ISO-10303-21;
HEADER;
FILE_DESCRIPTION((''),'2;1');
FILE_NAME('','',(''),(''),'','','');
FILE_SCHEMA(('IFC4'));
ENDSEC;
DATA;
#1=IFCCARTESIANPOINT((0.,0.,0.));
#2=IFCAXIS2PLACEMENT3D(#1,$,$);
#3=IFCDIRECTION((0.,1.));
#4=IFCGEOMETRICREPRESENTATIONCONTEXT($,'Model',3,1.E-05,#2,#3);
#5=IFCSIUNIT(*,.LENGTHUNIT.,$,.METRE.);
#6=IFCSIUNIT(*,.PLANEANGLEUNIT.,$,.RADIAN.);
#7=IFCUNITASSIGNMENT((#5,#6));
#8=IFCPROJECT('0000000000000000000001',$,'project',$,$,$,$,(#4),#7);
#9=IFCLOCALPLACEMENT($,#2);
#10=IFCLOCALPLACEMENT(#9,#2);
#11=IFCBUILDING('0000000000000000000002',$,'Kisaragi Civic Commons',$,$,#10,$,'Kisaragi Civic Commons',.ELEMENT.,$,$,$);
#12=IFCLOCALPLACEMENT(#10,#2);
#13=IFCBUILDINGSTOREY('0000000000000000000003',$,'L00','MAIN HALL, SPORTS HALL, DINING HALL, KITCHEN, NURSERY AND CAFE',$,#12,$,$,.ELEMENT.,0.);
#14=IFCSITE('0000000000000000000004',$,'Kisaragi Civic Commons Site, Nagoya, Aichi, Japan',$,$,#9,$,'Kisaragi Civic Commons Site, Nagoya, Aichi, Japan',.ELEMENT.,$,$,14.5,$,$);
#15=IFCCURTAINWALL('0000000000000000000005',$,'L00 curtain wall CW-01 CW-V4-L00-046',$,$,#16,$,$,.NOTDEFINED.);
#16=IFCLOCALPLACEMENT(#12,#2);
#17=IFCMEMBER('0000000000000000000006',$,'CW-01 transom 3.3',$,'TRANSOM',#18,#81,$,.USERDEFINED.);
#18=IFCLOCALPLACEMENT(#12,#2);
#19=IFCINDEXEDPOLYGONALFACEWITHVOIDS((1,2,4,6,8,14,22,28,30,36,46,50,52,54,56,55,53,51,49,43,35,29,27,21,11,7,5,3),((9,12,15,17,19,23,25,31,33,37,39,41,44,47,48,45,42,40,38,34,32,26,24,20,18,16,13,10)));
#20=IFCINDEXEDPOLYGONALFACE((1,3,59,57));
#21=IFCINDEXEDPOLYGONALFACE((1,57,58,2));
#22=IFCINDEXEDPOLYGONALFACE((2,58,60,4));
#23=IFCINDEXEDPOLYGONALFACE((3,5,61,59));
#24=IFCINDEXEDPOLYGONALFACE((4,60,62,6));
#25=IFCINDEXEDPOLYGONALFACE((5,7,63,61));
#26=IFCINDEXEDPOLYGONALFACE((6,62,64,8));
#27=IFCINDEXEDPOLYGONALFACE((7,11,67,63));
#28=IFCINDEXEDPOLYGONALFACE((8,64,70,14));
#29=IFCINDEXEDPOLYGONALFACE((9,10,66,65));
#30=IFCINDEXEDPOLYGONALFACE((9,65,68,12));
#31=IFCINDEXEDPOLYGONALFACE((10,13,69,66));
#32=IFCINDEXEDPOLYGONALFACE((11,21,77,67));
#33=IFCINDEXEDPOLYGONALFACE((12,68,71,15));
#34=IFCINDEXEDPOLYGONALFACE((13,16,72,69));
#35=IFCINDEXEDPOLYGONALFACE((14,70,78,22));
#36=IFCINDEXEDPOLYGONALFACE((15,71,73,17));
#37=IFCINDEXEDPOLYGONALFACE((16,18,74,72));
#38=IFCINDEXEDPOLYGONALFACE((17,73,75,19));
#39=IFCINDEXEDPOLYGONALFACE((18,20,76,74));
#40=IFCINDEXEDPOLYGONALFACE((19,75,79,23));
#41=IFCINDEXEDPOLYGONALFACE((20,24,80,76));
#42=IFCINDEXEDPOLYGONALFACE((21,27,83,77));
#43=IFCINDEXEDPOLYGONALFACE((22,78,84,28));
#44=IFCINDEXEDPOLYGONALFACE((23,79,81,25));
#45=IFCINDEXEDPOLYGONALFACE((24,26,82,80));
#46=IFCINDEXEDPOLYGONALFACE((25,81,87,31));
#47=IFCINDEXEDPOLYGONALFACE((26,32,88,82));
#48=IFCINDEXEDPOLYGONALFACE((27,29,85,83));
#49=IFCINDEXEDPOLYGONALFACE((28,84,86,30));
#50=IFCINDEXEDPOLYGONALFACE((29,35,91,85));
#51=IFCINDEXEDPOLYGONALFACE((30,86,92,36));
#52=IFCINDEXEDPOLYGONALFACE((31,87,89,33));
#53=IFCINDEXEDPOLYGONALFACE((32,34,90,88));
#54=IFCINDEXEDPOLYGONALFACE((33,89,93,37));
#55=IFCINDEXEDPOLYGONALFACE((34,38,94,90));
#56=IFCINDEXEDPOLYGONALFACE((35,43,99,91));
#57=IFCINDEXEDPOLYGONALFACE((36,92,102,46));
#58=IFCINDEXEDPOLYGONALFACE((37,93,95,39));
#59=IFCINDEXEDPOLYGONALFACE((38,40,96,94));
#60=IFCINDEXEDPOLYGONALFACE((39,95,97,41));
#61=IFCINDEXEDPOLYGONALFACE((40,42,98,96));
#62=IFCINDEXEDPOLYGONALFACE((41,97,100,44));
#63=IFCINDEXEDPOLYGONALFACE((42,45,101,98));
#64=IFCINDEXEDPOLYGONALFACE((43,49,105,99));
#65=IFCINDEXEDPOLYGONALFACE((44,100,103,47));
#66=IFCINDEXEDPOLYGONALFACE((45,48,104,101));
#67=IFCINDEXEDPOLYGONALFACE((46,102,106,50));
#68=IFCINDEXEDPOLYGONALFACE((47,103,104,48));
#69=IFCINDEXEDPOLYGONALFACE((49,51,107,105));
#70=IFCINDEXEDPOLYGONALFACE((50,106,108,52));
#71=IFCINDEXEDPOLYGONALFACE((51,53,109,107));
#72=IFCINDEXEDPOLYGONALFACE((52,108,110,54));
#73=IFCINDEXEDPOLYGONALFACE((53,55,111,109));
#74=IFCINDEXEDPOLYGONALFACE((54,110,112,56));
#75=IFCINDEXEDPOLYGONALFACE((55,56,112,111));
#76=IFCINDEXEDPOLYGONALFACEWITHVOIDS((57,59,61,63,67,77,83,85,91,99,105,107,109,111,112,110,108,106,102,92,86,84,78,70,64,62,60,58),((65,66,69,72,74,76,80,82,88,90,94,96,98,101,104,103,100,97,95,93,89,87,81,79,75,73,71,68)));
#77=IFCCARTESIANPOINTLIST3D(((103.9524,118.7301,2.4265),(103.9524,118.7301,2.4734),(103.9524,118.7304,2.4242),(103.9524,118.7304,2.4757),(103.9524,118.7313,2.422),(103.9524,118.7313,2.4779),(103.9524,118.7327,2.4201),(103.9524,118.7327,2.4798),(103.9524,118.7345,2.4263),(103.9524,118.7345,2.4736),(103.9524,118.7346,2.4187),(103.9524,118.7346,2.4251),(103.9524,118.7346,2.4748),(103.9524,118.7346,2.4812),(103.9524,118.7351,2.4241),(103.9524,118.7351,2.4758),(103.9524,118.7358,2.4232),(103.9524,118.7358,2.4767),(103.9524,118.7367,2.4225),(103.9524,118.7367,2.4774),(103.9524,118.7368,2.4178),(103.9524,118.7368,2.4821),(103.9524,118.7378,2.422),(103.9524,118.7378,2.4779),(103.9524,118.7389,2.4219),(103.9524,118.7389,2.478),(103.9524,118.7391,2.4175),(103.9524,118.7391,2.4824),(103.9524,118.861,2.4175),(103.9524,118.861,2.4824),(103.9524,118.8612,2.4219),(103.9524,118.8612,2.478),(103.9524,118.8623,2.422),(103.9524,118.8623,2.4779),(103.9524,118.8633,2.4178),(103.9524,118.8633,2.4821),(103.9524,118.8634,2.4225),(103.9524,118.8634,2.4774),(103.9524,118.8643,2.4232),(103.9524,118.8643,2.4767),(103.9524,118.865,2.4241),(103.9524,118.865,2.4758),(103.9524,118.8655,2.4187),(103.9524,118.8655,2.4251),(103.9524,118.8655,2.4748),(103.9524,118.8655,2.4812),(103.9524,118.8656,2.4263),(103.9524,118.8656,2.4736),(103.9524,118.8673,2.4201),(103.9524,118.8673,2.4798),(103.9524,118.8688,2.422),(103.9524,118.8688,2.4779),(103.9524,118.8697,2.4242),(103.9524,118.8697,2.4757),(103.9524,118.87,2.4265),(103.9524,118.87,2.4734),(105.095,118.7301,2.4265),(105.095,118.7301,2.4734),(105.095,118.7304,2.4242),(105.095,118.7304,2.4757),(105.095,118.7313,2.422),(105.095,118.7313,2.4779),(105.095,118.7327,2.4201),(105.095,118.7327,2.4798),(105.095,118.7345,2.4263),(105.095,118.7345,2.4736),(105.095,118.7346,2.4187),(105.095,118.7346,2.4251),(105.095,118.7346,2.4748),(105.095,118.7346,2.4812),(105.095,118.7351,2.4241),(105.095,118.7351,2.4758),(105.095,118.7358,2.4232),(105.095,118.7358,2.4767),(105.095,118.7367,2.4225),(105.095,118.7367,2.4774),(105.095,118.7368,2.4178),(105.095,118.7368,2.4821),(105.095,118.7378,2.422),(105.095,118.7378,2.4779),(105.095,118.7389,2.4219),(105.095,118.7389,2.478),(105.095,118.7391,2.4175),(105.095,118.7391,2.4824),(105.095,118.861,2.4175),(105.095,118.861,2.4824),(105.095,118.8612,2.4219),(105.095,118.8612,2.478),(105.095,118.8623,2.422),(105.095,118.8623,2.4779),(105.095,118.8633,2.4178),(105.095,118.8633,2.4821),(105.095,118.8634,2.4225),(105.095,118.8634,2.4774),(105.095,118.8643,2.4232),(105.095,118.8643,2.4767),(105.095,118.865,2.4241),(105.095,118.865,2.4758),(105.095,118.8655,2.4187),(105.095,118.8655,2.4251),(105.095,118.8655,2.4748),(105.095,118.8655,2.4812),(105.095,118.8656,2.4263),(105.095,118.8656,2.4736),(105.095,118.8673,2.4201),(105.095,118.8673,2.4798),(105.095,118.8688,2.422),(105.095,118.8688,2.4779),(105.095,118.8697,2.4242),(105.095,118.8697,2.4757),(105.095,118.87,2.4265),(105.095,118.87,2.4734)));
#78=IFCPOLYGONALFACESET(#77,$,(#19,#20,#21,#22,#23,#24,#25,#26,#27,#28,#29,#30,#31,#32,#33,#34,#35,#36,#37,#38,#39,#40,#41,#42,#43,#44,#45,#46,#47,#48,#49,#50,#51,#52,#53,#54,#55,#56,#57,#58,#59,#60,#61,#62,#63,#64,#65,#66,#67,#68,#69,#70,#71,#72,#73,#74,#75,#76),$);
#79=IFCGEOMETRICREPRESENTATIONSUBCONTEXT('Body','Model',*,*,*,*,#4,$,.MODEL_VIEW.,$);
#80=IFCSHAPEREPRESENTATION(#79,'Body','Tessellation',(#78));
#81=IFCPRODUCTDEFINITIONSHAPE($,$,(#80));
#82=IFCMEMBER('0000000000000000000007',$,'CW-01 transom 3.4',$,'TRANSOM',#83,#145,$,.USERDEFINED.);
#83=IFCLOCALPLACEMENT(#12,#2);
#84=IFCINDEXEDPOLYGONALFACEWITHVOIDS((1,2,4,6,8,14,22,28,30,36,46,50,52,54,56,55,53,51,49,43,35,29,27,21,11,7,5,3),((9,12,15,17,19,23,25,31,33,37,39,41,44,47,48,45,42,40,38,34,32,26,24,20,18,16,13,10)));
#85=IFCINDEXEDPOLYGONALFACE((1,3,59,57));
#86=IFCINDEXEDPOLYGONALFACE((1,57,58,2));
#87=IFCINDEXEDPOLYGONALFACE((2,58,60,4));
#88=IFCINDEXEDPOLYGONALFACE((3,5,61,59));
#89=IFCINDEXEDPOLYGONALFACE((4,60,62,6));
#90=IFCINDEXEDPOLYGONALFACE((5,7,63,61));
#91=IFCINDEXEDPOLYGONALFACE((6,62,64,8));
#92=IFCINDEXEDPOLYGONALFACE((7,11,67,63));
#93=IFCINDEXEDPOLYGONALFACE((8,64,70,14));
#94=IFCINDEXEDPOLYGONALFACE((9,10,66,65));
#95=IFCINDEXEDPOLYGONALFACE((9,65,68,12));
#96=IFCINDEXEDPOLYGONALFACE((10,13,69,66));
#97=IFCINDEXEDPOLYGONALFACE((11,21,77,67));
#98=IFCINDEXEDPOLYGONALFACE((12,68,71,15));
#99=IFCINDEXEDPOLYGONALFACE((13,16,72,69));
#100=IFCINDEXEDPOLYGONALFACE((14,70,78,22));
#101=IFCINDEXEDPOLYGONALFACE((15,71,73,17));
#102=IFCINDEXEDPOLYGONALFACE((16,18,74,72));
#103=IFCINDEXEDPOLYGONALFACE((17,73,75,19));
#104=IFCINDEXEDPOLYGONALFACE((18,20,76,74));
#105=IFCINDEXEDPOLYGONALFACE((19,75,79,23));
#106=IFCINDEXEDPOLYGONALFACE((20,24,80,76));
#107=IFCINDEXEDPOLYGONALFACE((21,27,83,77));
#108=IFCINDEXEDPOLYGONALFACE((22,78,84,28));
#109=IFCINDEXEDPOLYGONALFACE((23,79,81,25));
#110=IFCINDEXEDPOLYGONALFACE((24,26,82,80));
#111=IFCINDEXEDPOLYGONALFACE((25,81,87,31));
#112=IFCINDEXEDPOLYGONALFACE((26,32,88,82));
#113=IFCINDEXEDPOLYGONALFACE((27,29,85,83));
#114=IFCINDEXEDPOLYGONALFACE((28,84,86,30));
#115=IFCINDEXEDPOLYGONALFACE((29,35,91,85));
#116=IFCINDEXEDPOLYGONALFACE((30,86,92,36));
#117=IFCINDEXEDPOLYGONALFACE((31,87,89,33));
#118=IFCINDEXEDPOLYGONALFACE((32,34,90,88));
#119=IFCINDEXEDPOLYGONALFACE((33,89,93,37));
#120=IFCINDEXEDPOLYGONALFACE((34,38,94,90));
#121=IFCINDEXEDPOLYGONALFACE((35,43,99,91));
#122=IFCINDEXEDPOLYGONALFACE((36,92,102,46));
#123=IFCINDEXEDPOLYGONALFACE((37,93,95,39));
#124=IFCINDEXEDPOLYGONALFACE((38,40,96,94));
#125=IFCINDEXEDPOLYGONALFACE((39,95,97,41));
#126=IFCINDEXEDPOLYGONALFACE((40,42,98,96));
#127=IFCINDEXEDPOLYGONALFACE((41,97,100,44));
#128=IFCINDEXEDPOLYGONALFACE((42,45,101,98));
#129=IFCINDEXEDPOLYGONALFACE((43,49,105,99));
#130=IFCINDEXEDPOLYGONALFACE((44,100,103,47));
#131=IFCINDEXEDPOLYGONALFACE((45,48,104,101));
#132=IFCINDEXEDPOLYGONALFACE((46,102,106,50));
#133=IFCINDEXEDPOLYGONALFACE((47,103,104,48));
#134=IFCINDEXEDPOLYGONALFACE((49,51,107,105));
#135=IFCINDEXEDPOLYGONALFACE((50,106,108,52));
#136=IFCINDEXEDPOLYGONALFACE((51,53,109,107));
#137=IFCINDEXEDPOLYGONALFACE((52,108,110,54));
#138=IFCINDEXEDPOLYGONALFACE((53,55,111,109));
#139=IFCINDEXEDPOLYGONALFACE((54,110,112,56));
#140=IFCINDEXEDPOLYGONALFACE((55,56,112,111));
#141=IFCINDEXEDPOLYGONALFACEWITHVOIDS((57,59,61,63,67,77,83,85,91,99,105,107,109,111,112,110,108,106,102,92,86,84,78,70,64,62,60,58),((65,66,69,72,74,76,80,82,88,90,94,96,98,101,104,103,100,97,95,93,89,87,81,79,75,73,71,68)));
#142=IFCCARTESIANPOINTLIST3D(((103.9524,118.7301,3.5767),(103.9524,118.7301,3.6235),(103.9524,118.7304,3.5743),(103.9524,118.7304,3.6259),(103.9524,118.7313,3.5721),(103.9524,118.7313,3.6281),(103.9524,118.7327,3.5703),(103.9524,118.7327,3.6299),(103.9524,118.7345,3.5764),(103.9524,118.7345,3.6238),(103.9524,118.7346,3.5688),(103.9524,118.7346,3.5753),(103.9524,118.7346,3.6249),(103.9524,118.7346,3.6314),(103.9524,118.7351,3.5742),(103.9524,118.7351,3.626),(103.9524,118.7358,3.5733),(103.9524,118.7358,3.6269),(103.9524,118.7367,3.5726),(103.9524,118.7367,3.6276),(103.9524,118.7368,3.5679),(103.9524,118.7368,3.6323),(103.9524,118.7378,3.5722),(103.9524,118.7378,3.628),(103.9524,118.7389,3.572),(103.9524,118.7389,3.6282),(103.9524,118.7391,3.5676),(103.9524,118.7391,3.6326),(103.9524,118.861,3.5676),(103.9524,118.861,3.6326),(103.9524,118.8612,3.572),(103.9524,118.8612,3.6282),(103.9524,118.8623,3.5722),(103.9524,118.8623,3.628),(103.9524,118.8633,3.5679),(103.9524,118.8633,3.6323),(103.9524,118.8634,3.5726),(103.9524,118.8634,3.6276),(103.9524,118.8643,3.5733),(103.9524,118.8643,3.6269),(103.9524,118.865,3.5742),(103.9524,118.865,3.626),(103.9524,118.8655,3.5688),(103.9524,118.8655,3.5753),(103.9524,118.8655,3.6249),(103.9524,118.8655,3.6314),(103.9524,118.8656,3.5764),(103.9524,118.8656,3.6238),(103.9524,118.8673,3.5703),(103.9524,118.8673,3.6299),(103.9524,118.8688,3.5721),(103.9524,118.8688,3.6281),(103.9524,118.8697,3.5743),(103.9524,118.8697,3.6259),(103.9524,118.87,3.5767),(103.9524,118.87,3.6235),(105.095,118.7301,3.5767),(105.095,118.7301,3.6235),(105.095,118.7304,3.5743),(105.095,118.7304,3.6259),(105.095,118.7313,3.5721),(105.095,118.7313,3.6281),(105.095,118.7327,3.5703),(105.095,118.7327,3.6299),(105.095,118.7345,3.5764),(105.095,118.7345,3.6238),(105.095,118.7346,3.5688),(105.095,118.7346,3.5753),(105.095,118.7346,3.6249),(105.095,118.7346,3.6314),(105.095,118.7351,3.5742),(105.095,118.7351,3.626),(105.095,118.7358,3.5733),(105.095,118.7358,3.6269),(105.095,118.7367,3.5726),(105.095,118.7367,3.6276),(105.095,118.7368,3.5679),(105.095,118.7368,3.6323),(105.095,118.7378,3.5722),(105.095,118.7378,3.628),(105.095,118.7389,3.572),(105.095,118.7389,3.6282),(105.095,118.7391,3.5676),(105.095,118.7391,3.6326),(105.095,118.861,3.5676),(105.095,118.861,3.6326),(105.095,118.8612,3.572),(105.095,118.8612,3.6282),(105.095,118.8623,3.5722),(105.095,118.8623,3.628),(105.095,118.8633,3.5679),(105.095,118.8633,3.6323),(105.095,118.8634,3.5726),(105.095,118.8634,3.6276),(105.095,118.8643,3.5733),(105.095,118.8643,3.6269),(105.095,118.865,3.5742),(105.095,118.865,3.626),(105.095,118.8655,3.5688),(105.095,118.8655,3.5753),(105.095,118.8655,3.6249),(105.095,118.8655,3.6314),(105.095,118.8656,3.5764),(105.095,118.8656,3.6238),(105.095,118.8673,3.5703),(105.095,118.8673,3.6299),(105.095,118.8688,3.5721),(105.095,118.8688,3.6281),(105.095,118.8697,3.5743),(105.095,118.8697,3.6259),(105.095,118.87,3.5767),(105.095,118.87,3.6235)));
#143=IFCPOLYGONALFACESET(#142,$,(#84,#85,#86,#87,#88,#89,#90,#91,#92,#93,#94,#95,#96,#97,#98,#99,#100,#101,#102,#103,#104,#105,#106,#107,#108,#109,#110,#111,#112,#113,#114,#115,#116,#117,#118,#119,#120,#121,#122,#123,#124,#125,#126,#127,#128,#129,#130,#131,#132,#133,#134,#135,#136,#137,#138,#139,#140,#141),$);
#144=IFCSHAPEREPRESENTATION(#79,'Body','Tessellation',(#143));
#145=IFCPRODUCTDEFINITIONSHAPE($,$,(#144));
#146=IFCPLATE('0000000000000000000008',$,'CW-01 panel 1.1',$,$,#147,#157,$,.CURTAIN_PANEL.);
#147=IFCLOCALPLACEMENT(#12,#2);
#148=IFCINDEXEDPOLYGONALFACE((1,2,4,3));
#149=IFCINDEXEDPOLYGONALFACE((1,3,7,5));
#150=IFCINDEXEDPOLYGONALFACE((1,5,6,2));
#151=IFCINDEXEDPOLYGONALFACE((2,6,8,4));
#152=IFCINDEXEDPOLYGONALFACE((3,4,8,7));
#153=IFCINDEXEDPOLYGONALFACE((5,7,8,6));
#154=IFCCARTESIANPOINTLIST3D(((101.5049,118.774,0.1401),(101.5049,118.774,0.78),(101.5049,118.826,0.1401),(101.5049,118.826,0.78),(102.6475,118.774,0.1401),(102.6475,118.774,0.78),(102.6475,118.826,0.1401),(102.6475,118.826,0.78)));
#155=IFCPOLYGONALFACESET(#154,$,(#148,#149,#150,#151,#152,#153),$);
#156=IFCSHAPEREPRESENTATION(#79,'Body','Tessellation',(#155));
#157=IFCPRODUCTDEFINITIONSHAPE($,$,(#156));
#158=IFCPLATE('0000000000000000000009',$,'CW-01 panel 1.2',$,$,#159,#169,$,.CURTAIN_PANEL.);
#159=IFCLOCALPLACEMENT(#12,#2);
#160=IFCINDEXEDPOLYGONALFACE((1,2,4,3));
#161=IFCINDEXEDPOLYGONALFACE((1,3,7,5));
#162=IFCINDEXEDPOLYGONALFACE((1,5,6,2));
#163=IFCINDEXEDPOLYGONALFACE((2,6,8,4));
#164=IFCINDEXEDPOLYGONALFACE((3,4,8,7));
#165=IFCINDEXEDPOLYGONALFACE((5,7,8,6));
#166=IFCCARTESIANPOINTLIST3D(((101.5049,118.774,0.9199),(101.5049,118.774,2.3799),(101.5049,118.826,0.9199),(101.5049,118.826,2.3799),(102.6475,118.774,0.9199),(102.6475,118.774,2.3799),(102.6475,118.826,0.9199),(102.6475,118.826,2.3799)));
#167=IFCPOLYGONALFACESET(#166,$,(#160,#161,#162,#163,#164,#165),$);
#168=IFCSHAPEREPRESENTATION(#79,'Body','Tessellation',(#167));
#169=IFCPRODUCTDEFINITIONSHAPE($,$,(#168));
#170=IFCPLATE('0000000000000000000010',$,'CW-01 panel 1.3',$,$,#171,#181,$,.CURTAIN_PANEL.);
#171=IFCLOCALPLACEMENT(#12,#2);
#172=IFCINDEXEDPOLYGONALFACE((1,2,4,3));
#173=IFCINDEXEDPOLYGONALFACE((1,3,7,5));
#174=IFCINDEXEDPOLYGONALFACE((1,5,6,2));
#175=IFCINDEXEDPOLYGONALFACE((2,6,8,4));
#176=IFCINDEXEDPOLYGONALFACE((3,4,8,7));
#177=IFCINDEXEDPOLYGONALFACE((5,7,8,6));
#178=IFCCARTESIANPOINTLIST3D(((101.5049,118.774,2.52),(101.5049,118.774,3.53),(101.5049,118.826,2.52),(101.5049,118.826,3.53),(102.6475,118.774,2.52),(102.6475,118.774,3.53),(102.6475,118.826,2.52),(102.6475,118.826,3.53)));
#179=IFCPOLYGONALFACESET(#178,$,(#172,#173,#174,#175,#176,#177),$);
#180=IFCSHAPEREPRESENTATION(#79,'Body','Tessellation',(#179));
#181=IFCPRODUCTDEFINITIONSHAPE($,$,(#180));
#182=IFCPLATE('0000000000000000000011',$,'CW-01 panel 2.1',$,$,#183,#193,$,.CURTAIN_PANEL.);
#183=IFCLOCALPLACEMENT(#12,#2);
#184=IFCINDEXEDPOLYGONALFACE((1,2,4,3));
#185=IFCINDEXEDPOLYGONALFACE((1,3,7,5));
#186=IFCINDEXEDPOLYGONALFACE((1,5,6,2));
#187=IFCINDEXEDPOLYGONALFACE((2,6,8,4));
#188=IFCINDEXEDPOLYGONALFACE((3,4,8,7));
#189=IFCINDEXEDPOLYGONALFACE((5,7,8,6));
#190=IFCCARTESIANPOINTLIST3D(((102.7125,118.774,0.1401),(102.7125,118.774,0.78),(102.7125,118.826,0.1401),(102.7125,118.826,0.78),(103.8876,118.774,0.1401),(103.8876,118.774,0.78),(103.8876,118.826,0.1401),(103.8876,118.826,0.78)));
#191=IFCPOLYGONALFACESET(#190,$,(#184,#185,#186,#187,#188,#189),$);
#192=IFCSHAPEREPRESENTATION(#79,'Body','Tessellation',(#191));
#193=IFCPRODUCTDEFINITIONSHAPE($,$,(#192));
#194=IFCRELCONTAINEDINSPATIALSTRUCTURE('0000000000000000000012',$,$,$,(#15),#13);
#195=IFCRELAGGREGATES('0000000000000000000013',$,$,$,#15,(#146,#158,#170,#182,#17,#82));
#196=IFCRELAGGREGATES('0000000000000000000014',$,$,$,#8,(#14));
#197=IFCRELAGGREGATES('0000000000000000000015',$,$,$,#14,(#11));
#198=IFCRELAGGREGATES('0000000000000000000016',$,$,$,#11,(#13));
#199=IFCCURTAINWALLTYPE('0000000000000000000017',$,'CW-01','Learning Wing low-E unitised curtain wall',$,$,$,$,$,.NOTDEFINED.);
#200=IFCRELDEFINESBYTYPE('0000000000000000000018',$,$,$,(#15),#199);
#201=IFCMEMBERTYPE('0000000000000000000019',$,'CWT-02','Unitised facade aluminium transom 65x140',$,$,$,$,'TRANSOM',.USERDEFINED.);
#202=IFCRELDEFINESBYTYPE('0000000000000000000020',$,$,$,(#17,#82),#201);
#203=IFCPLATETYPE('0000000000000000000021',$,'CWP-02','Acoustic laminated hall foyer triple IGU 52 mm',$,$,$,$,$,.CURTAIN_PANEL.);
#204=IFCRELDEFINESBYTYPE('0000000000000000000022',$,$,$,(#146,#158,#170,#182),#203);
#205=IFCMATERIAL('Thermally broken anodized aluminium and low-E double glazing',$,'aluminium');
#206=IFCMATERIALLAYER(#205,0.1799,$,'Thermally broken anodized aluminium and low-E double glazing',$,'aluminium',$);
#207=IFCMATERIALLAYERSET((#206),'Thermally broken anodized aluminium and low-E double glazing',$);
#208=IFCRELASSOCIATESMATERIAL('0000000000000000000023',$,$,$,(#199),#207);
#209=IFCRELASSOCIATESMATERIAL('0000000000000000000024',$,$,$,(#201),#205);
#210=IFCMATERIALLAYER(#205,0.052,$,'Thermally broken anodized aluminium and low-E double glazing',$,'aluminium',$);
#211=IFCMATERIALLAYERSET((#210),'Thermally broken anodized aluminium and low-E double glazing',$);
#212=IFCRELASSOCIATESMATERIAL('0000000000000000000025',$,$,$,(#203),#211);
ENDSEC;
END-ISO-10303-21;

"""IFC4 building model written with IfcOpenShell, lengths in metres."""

from ifc_helpers import new_model, si_unit, direction, frame, origin, origin_2d, place, context, subcontext, project, spatial, rectangle, hollow_rectangle, extrude, material, layer, layer_set, material_profile, profile_set, type_object, element, aggregate, save


model = new_model("IFC4")

# Units and contexts
model_context = context("Model", 3, precision=1e-05, world=origin(), true_north=direction((0.0, 1.0)))
body_context = subcontext(model_context, "Body", "Model", "MODEL_VIEW")
ifc_project = project(units=[si_unit("LENGTHUNIT", "METRE"), si_unit("PLANEANGLEUNIT", "RADIAN")], contexts=[model_context])

# Site, building, storey
site_placement = place(None, origin())
site = spatial("IfcSite", under=ifc_project, at=site_placement, Name="Kisaragi Civic Commons Site, Nagoya, Aichi, Japan", LongName="Kisaragi Civic Commons Site, Nagoya, Aichi, Japan", CompositionType="ELEMENT", RefElevation=14.5)
building_placement = place(site_placement, origin())
building = spatial("IfcBuilding", under=site, at=building_placement, Name="Kisaragi Civic Commons", LongName="Kisaragi Civic Commons", CompositionType="ELEMENT")
storey_placement = place(building_placement, origin())
storey = spatial("IfcBuildingStorey", under=building, at=storey_placement, Name="L00", Description="MAIN HALL, SPORTS HALL, DINING HALL, KITCHEN, NURSERY AND CAFE", CompositionType="ELEMENT", Elevation=0.0)

# Curtain wall, members, plates
ifc_material_1 = material(Name="Thermally broken anodized aluminium and low-E double glazing", Category="aluminium")
ifc_layer_1 = layer(ifc_material_1, 0.1799, Name="Thermally broken anodized aluminium and low-E double glazing", Category="aluminium")
ifc_layer_set_1 = layer_set([ifc_layer_1], Name="Thermally broken anodized aluminium and low-E double glazing")
curtain_wall_type = type_object("IfcCurtainWallType", Name="CW-01", Description="Learning Wing low-E unitised curtain wall", PredefinedType="NOTDEFINED", material=ifc_layer_set_1)
curtain_wall_placement = place(storey_placement, origin())
curtain_wall = element("IfcCurtainWall", 1, at=curtain_wall_placement, inside=storey, type_object=curtain_wall_type, Name="L00 curtain wall CW-01 CW-V4-L00-046", PredefinedType="NOTDEFINED")
ifc_material_profile_1 = material_profile(ifc_material_1, hollow_rectangle(XDim=0.1399, YDim=0.0649, WallThickness=0.0044, InnerFilletRadius=0.0044, OuterFilletRadius=0.009, at=origin_2d()), Name="CWT-65x140x4.5", Category="aluminium")
ifc_profile_set_1 = profile_set([ifc_material_profile_1], Name="Thermally broken anodized aluminium and low-E double glazing")
member_type_1 = type_object("IfcMemberType", Name="CWT-02", Description="Unitised facade aluminium transom 65x140", ElementType="TRANSOM", PredefinedType="USERDEFINED", material=ifc_profile_set_1)
member_1_placement = place(storey_placement, frame((103.9524, 118.8, 2.45), z_axis=(1.0, 0.0, 0.0), x_axis=(0.0, 1.0, 0.0)))
member_1 = element("IfcMember", 2, at=member_1_placement, type_object=member_type_1, Name="CW-01 transom 3.3", ObjectType="TRANSOM", PredefinedType="USERDEFINED", context=body_context, shape_type="SweptSolid", body=[
    extrude(hollow_rectangle(XDim=0.1399, YDim=0.0649, WallThickness=0.0044, InnerFilletRadius=0.0044, OuterFilletRadius=0.009, at=origin_2d()), origin(), (0.0, 0.0, 1.0), 1.1426),
])
member_2_placement = place(storey_placement, frame((103.9524, 118.8, 3.6001), z_axis=(1.0, 0.0, 0.0), x_axis=(0.0, 1.0, 0.0)))
member_2 = element("IfcMember", 3, at=member_2_placement, type_object=member_type_1, Name="CW-01 transom 3.4", ObjectType="TRANSOM", PredefinedType="USERDEFINED", context=body_context, shape_type="SweptSolid", body=[
    extrude(hollow_rectangle(XDim=0.1399, YDim=0.0649, WallThickness=0.0044, InnerFilletRadius=0.0044, OuterFilletRadius=0.009, at=origin_2d()), origin(), (0.0, 0.0, 1.0), 1.1426),
])
ifc_layer_2 = layer(ifc_material_1, 0.052, Name="Thermally broken anodized aluminium and low-E double glazing", Category="aluminium")
ifc_layer_set_2 = layer_set([ifc_layer_2], Name="Thermally broken anodized aluminium and low-E double glazing")
plate_type = type_object("IfcPlateType", Name="CWP-02", Description="Acoustic laminated hall foyer triple IGU 52 mm", PredefinedType="CURTAIN_PANEL", material=ifc_layer_set_2)
plate_1_placement = place(storey_placement, frame((102.0762, 118.8, 0.1401), z_axis=(0.0, 0.0, 1.0), x_axis=(1.0, 0.0, 0.0)))
plate_1 = element("IfcPlate", 4, at=plate_1_placement, type_object=plate_type, Name="CW-01 panel 1.1", PredefinedType="CURTAIN_PANEL", context=body_context, shape_type="SweptSolid", body=[
    extrude(rectangle(XDim=1.1426, YDim=0.052, at=origin_2d()), origin(), (0.0, 0.0, 1.0), 0.6399),
])
plate_2_placement = place(storey_placement, frame((102.0762, 118.8, 0.9199), z_axis=(0.0, 0.0, 1.0), x_axis=(1.0, 0.0, 0.0)))
plate_2 = element("IfcPlate", 5, at=plate_2_placement, type_object=plate_type, Name="CW-01 panel 1.2", PredefinedType="CURTAIN_PANEL", context=body_context, shape_type="SweptSolid", body=[
    extrude(rectangle(XDim=1.1426, YDim=0.052, at=origin_2d()), origin(), (0.0, 0.0, 1.0), 1.46),
])
plate_3_placement = place(storey_placement, frame((102.0762, 118.8, 2.52), z_axis=(0.0, 0.0, 1.0), x_axis=(1.0, 0.0, 0.0)))
plate_3 = element("IfcPlate", 6, at=plate_3_placement, type_object=plate_type, Name="CW-01 panel 1.3", PredefinedType="CURTAIN_PANEL", context=body_context, shape_type="SweptSolid", body=[
    extrude(rectangle(XDim=1.1426, YDim=0.052, at=origin_2d()), origin(), (0.0, 0.0, 1.0), 1.01),
])
plate_4_placement = place(storey_placement, frame((103.3, 118.8, 0.1401), z_axis=(0.0, 0.0, 1.0), x_axis=(1.0, 0.0, 0.0)))
plate_4 = element("IfcPlate", 7, at=plate_4_placement, type_object=plate_type, Name="CW-01 panel 2.1", PredefinedType="CURTAIN_PANEL", context=body_context, shape_type="SweptSolid", body=[
    extrude(rectangle(XDim=1.175, YDim=0.052, at=origin_2d()), origin(), (0.0, 0.0, 1.0), 0.6399),
])
aggregate(curtain_wall, [plate_1, plate_2, plate_3, plate_4, member_1, member_2])

save(model, "model.ifc")
